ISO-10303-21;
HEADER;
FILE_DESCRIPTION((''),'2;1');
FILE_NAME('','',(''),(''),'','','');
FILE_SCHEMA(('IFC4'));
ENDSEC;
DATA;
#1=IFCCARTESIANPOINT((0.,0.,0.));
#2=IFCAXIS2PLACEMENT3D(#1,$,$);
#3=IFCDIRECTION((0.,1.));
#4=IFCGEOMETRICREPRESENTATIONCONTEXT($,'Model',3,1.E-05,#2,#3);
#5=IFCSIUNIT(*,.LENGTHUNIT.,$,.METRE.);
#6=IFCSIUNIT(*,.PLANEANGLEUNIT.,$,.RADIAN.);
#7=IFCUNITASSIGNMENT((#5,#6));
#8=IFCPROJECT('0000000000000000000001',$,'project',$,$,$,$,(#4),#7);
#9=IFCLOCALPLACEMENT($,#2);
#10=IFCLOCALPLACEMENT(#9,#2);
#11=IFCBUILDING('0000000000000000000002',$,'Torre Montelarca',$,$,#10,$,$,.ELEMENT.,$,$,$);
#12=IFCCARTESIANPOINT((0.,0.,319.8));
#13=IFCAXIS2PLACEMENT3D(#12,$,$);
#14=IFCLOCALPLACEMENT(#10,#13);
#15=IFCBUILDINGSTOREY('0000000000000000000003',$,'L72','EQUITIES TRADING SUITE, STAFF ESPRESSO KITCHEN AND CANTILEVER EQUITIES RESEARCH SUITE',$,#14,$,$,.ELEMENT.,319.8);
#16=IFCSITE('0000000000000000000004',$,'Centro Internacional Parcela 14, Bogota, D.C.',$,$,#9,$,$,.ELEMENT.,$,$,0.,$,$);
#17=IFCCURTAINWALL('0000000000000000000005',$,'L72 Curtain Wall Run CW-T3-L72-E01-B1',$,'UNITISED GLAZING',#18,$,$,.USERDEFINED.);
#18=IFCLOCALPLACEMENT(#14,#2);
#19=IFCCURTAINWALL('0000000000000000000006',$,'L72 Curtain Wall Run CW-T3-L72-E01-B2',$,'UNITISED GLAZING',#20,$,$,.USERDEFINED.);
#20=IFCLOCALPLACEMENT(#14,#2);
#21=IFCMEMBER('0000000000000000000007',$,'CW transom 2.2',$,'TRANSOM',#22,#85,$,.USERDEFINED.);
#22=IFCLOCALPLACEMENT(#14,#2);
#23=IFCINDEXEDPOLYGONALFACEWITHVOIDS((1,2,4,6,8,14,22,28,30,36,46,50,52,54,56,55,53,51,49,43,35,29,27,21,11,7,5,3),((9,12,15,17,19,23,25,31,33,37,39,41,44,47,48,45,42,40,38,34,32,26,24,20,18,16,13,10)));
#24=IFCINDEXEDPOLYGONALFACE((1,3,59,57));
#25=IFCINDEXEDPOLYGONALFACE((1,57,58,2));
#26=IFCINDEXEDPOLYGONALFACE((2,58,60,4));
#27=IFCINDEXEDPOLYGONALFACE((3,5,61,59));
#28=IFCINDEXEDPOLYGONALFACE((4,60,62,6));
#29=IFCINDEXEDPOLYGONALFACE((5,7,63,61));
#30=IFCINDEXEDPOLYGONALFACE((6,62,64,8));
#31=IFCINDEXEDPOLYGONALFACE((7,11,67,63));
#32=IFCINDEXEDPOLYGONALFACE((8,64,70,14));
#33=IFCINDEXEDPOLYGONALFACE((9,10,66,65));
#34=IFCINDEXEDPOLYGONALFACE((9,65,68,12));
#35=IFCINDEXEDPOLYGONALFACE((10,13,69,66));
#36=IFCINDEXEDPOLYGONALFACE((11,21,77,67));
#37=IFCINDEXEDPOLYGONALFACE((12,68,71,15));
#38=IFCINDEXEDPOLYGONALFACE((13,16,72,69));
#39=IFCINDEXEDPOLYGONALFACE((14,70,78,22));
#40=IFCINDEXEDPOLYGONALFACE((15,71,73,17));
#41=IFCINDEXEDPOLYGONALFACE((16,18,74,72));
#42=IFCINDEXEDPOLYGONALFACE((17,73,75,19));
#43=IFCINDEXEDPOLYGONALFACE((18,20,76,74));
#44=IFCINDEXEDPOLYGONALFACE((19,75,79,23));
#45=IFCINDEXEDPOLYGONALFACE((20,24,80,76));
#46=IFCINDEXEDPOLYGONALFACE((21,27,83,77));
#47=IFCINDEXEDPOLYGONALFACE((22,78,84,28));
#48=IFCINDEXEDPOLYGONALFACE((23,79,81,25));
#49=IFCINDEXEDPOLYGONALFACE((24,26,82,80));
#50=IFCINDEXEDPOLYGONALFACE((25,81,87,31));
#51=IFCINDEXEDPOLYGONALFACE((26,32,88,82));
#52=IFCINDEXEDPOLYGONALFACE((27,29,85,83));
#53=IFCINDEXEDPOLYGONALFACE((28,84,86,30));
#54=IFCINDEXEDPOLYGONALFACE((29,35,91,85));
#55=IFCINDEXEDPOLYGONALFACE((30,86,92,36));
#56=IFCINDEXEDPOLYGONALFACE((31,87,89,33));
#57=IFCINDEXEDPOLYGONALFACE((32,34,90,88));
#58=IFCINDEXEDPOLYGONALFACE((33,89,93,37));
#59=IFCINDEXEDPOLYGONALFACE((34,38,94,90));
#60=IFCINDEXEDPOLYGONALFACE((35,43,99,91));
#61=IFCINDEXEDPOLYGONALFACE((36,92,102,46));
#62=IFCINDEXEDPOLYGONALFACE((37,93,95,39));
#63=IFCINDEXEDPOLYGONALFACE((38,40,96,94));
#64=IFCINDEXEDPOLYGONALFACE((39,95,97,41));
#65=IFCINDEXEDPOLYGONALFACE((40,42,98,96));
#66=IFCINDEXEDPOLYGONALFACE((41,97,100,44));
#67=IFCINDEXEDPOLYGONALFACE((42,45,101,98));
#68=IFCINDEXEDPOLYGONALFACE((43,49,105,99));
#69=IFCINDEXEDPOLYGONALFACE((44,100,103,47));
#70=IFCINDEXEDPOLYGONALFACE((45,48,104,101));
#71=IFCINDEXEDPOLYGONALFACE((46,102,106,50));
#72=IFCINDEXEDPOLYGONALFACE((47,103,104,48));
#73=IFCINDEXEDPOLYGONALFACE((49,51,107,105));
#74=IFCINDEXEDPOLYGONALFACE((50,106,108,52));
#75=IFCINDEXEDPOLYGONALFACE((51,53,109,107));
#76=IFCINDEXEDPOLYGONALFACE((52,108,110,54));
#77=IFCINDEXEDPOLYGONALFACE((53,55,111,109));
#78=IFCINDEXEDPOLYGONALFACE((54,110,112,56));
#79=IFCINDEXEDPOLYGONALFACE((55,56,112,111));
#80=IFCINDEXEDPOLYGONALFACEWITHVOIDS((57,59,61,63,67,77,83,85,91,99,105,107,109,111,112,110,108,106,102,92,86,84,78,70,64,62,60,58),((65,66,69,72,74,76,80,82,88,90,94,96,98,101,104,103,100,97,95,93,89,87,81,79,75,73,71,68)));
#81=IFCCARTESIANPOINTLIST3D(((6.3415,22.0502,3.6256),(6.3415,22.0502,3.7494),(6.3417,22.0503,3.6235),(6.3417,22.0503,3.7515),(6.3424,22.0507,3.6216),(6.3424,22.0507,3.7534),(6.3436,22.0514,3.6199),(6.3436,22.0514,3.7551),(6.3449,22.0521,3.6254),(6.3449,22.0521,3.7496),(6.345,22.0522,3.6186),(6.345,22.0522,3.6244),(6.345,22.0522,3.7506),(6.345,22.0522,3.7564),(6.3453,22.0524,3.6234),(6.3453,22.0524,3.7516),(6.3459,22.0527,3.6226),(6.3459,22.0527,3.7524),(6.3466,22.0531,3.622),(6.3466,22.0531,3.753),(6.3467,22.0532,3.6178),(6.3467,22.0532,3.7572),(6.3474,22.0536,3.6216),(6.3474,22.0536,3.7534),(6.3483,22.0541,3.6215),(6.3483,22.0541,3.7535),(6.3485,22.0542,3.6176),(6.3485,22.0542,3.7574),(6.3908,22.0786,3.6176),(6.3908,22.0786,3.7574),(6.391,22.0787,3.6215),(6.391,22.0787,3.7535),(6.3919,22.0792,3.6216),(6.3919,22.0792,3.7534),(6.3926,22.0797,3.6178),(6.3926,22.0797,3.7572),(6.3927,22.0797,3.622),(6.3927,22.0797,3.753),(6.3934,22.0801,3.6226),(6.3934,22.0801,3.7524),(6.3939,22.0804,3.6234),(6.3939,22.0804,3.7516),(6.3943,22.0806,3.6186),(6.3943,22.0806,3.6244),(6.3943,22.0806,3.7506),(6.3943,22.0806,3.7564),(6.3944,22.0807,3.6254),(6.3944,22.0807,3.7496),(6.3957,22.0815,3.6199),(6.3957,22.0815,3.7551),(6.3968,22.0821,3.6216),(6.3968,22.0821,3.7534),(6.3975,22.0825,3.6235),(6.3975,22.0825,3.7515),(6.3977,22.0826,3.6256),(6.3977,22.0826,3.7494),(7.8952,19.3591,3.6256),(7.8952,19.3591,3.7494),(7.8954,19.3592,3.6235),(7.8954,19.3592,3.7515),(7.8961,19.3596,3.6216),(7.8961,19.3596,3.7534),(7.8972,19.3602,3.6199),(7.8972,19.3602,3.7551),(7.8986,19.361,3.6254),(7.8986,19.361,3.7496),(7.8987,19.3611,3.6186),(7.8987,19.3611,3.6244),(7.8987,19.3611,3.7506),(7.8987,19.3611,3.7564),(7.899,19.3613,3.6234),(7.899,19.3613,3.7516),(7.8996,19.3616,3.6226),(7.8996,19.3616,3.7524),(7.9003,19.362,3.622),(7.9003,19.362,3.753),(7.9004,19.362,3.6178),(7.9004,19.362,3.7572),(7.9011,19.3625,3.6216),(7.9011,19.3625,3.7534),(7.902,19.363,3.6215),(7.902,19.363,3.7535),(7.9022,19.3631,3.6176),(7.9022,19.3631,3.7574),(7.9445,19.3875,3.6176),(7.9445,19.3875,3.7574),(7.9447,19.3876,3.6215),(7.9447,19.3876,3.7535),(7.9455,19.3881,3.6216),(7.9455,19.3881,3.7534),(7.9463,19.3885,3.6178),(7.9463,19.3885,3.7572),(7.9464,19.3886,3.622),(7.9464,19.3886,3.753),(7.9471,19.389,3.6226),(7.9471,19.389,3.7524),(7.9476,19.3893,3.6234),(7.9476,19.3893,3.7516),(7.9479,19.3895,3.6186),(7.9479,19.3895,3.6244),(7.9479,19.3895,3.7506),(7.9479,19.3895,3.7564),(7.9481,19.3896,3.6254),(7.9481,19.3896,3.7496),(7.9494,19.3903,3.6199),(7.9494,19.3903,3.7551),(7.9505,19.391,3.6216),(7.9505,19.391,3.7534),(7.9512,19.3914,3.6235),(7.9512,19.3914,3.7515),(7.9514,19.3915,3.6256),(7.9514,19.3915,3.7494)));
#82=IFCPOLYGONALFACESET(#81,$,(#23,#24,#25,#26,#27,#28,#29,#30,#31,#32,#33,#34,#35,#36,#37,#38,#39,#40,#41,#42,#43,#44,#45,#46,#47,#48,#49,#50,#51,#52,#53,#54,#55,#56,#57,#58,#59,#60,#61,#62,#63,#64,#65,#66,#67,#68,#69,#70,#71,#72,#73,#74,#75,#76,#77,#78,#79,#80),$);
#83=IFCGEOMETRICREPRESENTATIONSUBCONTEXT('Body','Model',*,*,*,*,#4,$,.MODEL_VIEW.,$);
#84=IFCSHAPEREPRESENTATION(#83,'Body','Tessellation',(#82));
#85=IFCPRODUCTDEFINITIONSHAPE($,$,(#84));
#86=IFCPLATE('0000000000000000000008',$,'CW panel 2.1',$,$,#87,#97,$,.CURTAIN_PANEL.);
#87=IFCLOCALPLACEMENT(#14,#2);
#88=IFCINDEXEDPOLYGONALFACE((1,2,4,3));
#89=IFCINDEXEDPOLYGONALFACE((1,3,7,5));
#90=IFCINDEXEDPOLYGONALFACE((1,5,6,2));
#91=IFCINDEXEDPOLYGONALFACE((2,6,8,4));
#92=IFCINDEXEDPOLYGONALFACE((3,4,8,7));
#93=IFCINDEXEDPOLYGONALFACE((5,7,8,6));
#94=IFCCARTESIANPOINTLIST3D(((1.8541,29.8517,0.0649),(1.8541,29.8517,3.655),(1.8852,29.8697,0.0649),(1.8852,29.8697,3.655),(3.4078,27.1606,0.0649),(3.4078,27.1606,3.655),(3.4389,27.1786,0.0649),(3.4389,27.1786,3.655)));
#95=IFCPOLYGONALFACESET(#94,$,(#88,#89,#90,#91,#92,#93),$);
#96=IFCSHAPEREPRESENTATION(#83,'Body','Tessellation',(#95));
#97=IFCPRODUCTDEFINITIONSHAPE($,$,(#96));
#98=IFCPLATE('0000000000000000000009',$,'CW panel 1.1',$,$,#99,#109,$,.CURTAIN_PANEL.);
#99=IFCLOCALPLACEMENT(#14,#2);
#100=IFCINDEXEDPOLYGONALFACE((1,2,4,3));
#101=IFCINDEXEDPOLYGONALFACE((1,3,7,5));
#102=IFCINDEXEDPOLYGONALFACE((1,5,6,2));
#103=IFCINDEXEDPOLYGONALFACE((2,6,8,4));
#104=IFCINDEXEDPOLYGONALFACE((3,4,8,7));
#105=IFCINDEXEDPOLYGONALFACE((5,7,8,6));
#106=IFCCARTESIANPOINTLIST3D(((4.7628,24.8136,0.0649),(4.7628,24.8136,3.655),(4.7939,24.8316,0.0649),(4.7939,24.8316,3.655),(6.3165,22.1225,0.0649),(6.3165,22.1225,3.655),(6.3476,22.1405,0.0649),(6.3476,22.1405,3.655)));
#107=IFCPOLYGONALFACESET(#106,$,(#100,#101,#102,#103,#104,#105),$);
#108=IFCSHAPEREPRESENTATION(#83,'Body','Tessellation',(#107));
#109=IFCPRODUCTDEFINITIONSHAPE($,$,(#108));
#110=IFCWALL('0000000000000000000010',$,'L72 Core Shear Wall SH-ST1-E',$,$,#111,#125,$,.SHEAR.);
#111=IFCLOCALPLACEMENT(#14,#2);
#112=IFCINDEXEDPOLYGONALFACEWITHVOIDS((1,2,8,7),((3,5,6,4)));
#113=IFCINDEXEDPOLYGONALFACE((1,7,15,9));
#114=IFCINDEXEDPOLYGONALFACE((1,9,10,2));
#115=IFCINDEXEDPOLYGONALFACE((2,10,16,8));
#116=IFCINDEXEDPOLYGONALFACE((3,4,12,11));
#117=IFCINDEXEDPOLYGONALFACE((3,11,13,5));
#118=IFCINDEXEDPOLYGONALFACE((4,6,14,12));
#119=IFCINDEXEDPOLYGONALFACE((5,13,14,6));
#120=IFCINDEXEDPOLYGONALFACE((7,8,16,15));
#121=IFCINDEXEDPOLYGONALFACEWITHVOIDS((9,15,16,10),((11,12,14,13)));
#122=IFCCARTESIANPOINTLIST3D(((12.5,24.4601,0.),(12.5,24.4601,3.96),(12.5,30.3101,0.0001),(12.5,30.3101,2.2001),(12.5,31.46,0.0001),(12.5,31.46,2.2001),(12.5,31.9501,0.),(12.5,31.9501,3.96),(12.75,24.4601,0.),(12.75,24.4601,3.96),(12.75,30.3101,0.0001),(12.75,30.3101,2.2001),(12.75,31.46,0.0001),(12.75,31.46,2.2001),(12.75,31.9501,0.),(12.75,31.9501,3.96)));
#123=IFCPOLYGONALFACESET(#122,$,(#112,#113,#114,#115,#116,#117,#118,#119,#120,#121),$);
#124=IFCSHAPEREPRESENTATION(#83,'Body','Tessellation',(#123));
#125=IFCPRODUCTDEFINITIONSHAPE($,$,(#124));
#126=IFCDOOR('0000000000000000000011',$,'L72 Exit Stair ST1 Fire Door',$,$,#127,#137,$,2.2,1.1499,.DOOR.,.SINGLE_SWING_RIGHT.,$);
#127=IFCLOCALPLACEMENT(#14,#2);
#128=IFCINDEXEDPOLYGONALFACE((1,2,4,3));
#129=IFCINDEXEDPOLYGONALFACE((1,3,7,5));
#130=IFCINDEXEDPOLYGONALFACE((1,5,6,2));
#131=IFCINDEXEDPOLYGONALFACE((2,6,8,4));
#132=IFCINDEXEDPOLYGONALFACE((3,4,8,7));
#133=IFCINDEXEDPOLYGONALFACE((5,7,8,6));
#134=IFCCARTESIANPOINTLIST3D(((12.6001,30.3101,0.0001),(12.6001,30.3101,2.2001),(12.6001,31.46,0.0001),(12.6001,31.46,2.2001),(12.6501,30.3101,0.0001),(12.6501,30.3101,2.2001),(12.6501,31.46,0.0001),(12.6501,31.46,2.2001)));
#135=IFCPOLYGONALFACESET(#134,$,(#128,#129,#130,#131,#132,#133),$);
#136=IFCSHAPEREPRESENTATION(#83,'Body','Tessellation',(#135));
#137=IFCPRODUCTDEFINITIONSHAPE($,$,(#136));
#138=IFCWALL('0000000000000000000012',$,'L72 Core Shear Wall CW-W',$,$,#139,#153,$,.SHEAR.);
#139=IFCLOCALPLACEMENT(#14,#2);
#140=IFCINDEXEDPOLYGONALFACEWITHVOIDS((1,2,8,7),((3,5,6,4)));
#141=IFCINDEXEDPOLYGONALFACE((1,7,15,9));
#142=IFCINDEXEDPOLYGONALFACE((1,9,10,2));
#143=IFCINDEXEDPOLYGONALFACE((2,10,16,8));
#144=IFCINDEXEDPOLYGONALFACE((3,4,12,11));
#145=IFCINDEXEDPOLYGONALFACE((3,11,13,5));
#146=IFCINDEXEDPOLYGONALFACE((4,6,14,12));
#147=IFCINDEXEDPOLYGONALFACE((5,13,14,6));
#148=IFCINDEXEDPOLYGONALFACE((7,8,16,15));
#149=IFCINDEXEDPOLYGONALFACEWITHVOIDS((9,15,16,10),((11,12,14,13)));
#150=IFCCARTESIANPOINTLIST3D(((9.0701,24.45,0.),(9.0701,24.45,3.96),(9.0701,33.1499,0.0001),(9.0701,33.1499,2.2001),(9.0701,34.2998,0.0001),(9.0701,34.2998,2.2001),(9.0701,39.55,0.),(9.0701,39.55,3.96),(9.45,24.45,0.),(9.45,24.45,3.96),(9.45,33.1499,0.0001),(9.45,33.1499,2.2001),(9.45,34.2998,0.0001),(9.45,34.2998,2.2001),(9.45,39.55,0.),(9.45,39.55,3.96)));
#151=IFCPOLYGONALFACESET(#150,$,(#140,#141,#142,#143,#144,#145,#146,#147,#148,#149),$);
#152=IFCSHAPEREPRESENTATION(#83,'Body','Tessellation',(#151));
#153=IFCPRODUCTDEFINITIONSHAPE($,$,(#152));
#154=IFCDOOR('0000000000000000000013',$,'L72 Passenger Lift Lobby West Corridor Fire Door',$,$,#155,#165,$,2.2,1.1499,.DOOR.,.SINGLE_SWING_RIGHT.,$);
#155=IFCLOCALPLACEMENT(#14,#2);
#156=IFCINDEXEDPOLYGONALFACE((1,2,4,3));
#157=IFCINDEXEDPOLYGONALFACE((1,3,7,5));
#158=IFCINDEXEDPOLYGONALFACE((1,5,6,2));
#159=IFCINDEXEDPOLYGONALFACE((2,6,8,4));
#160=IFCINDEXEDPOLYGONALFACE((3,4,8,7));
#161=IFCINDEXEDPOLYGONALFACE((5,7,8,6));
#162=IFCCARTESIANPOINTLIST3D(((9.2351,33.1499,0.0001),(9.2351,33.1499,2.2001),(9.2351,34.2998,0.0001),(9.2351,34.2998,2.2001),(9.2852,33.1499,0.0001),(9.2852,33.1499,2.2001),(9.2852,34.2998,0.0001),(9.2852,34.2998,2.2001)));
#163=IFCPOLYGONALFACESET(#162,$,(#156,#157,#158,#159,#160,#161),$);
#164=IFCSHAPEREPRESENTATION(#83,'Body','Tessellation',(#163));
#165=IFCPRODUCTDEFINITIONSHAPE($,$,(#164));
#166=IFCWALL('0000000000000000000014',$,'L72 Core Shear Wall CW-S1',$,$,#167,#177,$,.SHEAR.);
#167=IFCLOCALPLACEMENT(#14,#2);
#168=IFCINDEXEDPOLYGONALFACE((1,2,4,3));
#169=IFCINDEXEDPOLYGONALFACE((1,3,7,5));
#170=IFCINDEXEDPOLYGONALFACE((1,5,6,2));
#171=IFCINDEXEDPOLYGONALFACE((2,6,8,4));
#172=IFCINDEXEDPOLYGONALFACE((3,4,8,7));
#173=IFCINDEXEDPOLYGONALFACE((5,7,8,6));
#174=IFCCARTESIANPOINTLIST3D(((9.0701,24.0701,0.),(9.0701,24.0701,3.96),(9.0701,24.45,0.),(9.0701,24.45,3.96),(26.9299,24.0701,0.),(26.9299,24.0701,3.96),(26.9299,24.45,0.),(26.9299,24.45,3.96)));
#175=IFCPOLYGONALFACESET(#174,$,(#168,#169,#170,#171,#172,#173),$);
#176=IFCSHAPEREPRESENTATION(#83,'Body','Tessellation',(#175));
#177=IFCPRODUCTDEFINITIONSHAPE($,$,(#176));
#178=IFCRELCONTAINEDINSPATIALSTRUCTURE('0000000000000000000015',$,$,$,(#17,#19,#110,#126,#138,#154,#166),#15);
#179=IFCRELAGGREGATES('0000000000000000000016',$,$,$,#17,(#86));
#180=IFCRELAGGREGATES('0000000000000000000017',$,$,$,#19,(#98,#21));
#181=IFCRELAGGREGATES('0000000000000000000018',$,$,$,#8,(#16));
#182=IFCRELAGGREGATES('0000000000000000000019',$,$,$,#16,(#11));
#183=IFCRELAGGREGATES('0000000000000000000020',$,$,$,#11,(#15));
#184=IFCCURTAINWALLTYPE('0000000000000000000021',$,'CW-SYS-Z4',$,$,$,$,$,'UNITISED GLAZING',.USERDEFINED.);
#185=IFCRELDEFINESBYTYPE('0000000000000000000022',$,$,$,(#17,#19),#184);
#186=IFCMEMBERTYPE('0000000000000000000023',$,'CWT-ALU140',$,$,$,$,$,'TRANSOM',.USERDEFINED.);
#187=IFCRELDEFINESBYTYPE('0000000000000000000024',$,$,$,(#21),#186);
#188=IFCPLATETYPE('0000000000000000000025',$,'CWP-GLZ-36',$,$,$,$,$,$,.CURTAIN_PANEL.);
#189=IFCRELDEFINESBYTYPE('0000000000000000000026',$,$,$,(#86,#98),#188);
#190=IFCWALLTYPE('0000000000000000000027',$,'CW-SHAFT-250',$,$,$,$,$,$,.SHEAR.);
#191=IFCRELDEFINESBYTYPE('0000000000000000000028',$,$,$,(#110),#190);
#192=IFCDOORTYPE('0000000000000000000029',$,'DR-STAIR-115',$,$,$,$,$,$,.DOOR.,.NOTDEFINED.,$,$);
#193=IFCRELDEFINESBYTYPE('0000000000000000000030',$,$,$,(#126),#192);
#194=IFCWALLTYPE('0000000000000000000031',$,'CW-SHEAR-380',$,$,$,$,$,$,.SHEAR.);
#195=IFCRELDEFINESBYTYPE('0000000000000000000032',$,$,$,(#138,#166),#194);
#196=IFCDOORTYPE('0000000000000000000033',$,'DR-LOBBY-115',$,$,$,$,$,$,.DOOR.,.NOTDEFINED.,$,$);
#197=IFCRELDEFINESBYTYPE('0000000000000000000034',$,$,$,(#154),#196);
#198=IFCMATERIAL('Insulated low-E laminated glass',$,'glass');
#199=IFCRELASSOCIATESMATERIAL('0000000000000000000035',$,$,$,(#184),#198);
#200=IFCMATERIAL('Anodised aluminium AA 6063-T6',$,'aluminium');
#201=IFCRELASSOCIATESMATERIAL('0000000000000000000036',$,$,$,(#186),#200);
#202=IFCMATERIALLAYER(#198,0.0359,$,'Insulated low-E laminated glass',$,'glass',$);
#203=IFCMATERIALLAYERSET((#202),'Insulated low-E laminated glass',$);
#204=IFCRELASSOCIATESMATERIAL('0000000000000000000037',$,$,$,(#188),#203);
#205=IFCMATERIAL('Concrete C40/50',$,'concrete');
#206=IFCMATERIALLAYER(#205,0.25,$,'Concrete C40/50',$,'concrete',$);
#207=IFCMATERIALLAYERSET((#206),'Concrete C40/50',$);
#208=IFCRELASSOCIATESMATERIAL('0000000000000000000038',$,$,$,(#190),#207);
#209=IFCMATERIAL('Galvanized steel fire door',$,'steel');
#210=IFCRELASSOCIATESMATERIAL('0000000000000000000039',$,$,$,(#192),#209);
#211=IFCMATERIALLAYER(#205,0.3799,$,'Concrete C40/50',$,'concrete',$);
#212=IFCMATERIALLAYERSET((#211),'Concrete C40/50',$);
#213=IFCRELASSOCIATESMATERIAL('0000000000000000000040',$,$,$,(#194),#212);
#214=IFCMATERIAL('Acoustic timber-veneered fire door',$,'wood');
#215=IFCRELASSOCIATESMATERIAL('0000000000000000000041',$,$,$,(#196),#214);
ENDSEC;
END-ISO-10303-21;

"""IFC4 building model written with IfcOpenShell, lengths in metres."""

from ifc_helpers import new_model, si_unit, direction, frame, frame_2d, origin, origin_2d, place, context, subcontext, project, spatial, rectangle, hollow_rectangle, extrude, source, transform, mapped, material, layer, layer_set, material_profile, profile_set, type_object, element, fill, aggregate, save


model = new_model("IFC4")

# Units and contexts
model_context = context("Model", 3, precision=1e-05, world=origin(), true_north=direction((0.0, 1.0)))
body_context = subcontext(model_context, "Body", "Model", "MODEL_VIEW")
ifc_project = project(units=[si_unit("LENGTHUNIT", "METRE"), si_unit("PLANEANGLEUNIT", "RADIAN")], contexts=[model_context])

# Site, building, storey
site_placement = place(None, origin())
site = spatial("IfcSite", under=ifc_project, at=site_placement, Name="Centro Internacional Parcela 14, Bogota, D.C.", CompositionType="ELEMENT", RefElevation=0.0)
building_placement = place(site_placement, origin())
building = spatial("IfcBuilding", under=site, at=building_placement, Name="Torre Montelarca", CompositionType="ELEMENT")
storey_placement = place(building_placement, frame((0.0, 0.0, 319.8)))
storey = spatial("IfcBuildingStorey", under=building, at=storey_placement, Name="L72", Description="EQUITIES TRADING SUITE, STAFF ESPRESSO KITCHEN AND CANTILEVER EQUITIES RESEARCH SUITE", CompositionType="ELEMENT", Elevation=319.8)

# Shared definitions
ifc_material_1 = material(Name="Concrete C40/50", Category="concrete")

# Curtain walls, member
ifc_material_2 = material(Name="Insulated low-E laminated glass", Category="glass")
curtain_wall_type = type_object("IfcCurtainWallType", Name="CW-SYS-Z4", ElementType="UNITISED GLAZING", PredefinedType="USERDEFINED", material=ifc_material_2)
curtain_wall_1_placement = place(storey_placement, origin())
curtain_wall_1 = element("IfcCurtainWall", 1, at=curtain_wall_1_placement, inside=storey, type_object=curtain_wall_type, Name="L72 Curtain Wall Run CW-T3-L72-E01-B1", ObjectType="UNITISED GLAZING", PredefinedType="USERDEFINED")
ifc_material_3 = material(Name="Anodised aluminium AA 6063-T6", Category="aluminium")
ifc_material_profile_1 = material_profile(ifc_material_3, hollow_rectangle(XDim=0.0649, YDim=0.1399, WallThickness=0.0039, InnerFilletRadius=0.0039, OuterFilletRadius=0.0081, at=origin_2d()), Name="ALU65X140X4", Category="aluminium")
ifc_profile_set_1 = profile_set([ifc_material_profile_1], Name="Anodised aluminium AA 6063-T6")
member_type_1 = type_object("IfcMemberType", Name="CWT-ALU140", ElementType="TRANSOM", PredefinedType="USERDEFINED", material=ifc_profile_set_1)
curtain_wall_2_placement = place(storey_placement, origin())
curtain_wall_2 = element("IfcCurtainWall", 2, at=curtain_wall_2_placement, inside=storey, type_object=curtain_wall_type, Name="L72 Curtain Wall Run CW-T3-L72-E01-B2", ObjectType="UNITISED GLAZING", PredefinedType="USERDEFINED")
shared_shape_1 = source(origin(), body_context, "Body", "SweptSolid", [
    extrude(hollow_rectangle(XDim=0.0649, YDim=0.1399, WallThickness=0.0039, InnerFilletRadius=0.0039, OuterFilletRadius=0.0081, at=origin_2d()), origin(), (0.0, 0.0, 1.0), 3.1074),
])
member_1_placement = place(storey_placement, frame((6.3696, 22.0664, 3.6875), z_axis=(0.499992, -0.86603, 0.0), x_axis=(0.86603, 0.499992, 0.0)))
member_1 = element("IfcMember", 3, at=member_1_placement, type_object=member_type_1, Name="CW transom 2.2", ObjectType="TRANSOM", PredefinedType="USERDEFINED", context=body_context, shape_type="MappedRepresentation", body=[
    mapped(shared_shape_1, transform((0.0, 0.0, 0.0), scale=1.0)),
])

# Plates
ifc_layer_1 = layer(ifc_material_2, 0.0359, Name="Insulated low-E laminated glass", Category="glass")
ifc_layer_set_1 = layer_set([ifc_layer_1], Name="Insulated low-E laminated glass")
plate_type = type_object("IfcPlateType", Name="CWP-GLZ-36", PredefinedType="CURTAIN_PANEL", material=ifc_layer_set_1)
shared_shape_2 = source(origin(), body_context, "Body", "SweptSolid", [
    extrude(rectangle(XDim=3.1074, YDim=0.0359, at=origin_2d()), origin(), (0.0, 0.0, 1.0), 3.5901),
])
plate_1_placement = place(storey_placement, frame((2.6465, 28.5151, 0.0649), z_axis=(0.0, 0.0, 1.0), x_axis=(0.5, -0.866025, 0.0)))
plate_1 = element("IfcPlate", 4, at=plate_1_placement, type_object=plate_type, Name="CW panel 2.1", PredefinedType="CURTAIN_PANEL", context=body_context, shape_type="MappedRepresentation", body=[
    mapped(shared_shape_2, transform((0.0, 0.0, 0.0), scale=1.0)),
])
aggregate(curtain_wall_1, [plate_1])
plate_2_placement = place(storey_placement, frame((5.5552, 23.4771, 0.0649), z_axis=(0.0, 0.0, 1.0), x_axis=(0.5, -0.866025, 0.0)))
plate_2 = element("IfcPlate", 5, at=plate_2_placement, type_object=plate_type, Name="CW panel 1.1", PredefinedType="CURTAIN_PANEL", context=body_context, shape_type="MappedRepresentation", body=[
    mapped(shared_shape_2, transform((0.0, 0.0, 0.0), scale=1.0)),
])
aggregate(curtain_wall_2, [plate_2, member_1])

# Walls, openings, doors
ifc_layer_2 = layer(ifc_material_1, 0.25, Name="Concrete C40/50", Category="concrete")
ifc_layer_set_2 = layer_set([ifc_layer_2], Name="Concrete C40/50")
wall_type_1 = type_object("IfcWallType", Name="CW-SHAFT-250", PredefinedType="SHEAR", material=ifc_layer_set_2)
wall_1_placement = place(storey_placement, frame((12.625, 24.46, 0.0), z_axis=(0.0, 0.0, 1.0), x_axis=(0.0, 1.0, 0.0)))
wall_1 = element("IfcWall", 6, at=wall_1_placement, inside=storey, type_object=wall_type_1, Name="L72 Core Shear Wall SH-ST1-E", PredefinedType="SHEAR", context=body_context, shape_type="SweptSolid", body=[
    extrude(rectangle(XDim=7.49, YDim=0.25, at=frame_2d((3.7451, 0.0))), origin(), (0.0, 0.0, 1.0), 3.96),
])
opening_1_placement = place(wall_1_placement, frame((5.8501, 0.0, 0.0)))
opening_1 = element("IfcOpeningElement", 7, at=opening_1_placement, cuts=wall_1, PredefinedType="OPENING", context=body_context, shape_type="SweptSolid", body=[
    extrude(rectangle(XDim=1.1499, YDim=2.2, at=frame_2d((0.575, 1.1001))), frame((0.0, 0.135, 0.0), z_axis=(0.0, -1.0, 0.0), x_axis=(1.0, 0.0, 0.0)), (0.0, 0.0, 1.0), 0.27),
])
ifc_material_4 = material(Name="Galvanized steel fire door", Category="steel")
door_type_1 = type_object("IfcDoorType", Name="DR-STAIR-115", OperationType="NOTDEFINED", PredefinedType="DOOR", material=ifc_material_4)
shared_shape_3 = source(origin(), body_context, "Body", "SweptSolid", [
    extrude(rectangle(XDim=1.1499, YDim=2.2, at=frame_2d((0.575, 1.1001))), frame((0.0, 0.0249, 0.0), z_axis=(0.0, -1.0, 0.0), x_axis=(1.0, 0.0, 0.0)), (0.0, 0.0, 1.0), 0.05),
])
door_1_placement = place(opening_1_placement, origin())
door_1 = element("IfcDoor", 8, at=door_1_placement, inside=storey, type_object=door_type_1, Name="L72 Exit Stair ST1 Fire Door", OperationType="SINGLE_SWING_RIGHT", OverallHeight=2.2, OverallWidth=1.1499, PredefinedType="DOOR", context=body_context, shape_type="MappedRepresentation", body=[
    mapped(shared_shape_3, transform((0.0, 0.0, 0.0), scale=1.0)),
])
fill(opening_1, door_1)
ifc_layer_3 = layer(ifc_material_1, 0.3799, Name="Concrete C40/50", Category="concrete")
ifc_layer_set_3 = layer_set([ifc_layer_3], Name="Concrete C40/50")
wall_type_2 = type_object("IfcWallType", Name="CW-SHEAR-380", PredefinedType="SHEAR", material=ifc_layer_set_3)
wall_2_placement = place(storey_placement, frame((9.26, 24.45, 0.0), z_axis=(0.0, 0.0, 1.0), x_axis=(0.0, 1.0, 0.0)))
wall_2 = element("IfcWall", 9, at=wall_2_placement, inside=storey, type_object=wall_type_2, Name="L72 Core Shear Wall CW-W", PredefinedType="SHEAR", context=body_context, shape_type="SweptSolid", body=[
    extrude(rectangle(XDim=15.1001, YDim=0.3799, at=frame_2d((7.55, 0.0))), origin(), (0.0, 0.0, 1.0), 3.96),
])
opening_2_placement = place(wall_2_placement, frame((8.7, 0.0, 0.0)))
opening_2 = element("IfcOpeningElement", 10, at=opening_2_placement, cuts=wall_2, PredefinedType="OPENING", context=body_context, shape_type="SweptSolid", body=[
    extrude(rectangle(XDim=1.1499, YDim=2.2, at=frame_2d((0.575, 1.1001))), frame((0.0, 0.2, 0.0), z_axis=(0.0, -1.0, 0.0), x_axis=(1.0, 0.0, 0.0)), (0.0, 0.0, 1.0), 0.3999),
])
ifc_material_5 = material(Name="Acoustic timber-veneered fire door", Category="wood")
door_type_2 = type_object("IfcDoorType", Name="DR-LOBBY-115", OperationType="NOTDEFINED", PredefinedType="DOOR", material=ifc_material_5)
shared_shape_4 = source(origin(), body_context, "Body", "SweptSolid", [
    extrude(rectangle(XDim=1.1499, YDim=2.2, at=frame_2d((0.575, 1.1001))), frame((0.0, 0.0249, 0.0), z_axis=(0.0, -1.0, 0.0), x_axis=(1.0, 0.0, 0.0)), (0.0, 0.0, 1.0), 0.05),
])
door_2_placement = place(opening_2_placement, origin())
door_2 = element("IfcDoor", 11, at=door_2_placement, inside=storey, type_object=door_type_2, Name="L72 Passenger Lift Lobby West Corridor Fire Door", OperationType="SINGLE_SWING_RIGHT", OverallHeight=2.2, OverallWidth=1.1499, PredefinedType="DOOR", context=body_context, shape_type="MappedRepresentation", body=[
    mapped(shared_shape_4, transform((0.0, 0.0, 0.0), scale=1.0)),
])
fill(opening_2, door_2)

# Wall
wall_3_placement = place(storey_placement, frame((9.0701, 24.26, 0.0), z_axis=(0.0, 0.0, 1.0), x_axis=(1.0, 0.0, 0.0)))
element("IfcWall", 12, at=wall_3_placement, inside=storey, type_object=wall_type_2, Name="L72 Core Shear Wall CW-S1", PredefinedType="SHEAR", context=body_context, shape_type="SweptSolid", body=[
    extrude(rectangle(XDim=17.8599, YDim=0.3799, at=frame_2d((8.9299, 0.0))), origin(), (0.0, 0.0, 1.0), 3.96),
])

save(model, "model.ifc")
